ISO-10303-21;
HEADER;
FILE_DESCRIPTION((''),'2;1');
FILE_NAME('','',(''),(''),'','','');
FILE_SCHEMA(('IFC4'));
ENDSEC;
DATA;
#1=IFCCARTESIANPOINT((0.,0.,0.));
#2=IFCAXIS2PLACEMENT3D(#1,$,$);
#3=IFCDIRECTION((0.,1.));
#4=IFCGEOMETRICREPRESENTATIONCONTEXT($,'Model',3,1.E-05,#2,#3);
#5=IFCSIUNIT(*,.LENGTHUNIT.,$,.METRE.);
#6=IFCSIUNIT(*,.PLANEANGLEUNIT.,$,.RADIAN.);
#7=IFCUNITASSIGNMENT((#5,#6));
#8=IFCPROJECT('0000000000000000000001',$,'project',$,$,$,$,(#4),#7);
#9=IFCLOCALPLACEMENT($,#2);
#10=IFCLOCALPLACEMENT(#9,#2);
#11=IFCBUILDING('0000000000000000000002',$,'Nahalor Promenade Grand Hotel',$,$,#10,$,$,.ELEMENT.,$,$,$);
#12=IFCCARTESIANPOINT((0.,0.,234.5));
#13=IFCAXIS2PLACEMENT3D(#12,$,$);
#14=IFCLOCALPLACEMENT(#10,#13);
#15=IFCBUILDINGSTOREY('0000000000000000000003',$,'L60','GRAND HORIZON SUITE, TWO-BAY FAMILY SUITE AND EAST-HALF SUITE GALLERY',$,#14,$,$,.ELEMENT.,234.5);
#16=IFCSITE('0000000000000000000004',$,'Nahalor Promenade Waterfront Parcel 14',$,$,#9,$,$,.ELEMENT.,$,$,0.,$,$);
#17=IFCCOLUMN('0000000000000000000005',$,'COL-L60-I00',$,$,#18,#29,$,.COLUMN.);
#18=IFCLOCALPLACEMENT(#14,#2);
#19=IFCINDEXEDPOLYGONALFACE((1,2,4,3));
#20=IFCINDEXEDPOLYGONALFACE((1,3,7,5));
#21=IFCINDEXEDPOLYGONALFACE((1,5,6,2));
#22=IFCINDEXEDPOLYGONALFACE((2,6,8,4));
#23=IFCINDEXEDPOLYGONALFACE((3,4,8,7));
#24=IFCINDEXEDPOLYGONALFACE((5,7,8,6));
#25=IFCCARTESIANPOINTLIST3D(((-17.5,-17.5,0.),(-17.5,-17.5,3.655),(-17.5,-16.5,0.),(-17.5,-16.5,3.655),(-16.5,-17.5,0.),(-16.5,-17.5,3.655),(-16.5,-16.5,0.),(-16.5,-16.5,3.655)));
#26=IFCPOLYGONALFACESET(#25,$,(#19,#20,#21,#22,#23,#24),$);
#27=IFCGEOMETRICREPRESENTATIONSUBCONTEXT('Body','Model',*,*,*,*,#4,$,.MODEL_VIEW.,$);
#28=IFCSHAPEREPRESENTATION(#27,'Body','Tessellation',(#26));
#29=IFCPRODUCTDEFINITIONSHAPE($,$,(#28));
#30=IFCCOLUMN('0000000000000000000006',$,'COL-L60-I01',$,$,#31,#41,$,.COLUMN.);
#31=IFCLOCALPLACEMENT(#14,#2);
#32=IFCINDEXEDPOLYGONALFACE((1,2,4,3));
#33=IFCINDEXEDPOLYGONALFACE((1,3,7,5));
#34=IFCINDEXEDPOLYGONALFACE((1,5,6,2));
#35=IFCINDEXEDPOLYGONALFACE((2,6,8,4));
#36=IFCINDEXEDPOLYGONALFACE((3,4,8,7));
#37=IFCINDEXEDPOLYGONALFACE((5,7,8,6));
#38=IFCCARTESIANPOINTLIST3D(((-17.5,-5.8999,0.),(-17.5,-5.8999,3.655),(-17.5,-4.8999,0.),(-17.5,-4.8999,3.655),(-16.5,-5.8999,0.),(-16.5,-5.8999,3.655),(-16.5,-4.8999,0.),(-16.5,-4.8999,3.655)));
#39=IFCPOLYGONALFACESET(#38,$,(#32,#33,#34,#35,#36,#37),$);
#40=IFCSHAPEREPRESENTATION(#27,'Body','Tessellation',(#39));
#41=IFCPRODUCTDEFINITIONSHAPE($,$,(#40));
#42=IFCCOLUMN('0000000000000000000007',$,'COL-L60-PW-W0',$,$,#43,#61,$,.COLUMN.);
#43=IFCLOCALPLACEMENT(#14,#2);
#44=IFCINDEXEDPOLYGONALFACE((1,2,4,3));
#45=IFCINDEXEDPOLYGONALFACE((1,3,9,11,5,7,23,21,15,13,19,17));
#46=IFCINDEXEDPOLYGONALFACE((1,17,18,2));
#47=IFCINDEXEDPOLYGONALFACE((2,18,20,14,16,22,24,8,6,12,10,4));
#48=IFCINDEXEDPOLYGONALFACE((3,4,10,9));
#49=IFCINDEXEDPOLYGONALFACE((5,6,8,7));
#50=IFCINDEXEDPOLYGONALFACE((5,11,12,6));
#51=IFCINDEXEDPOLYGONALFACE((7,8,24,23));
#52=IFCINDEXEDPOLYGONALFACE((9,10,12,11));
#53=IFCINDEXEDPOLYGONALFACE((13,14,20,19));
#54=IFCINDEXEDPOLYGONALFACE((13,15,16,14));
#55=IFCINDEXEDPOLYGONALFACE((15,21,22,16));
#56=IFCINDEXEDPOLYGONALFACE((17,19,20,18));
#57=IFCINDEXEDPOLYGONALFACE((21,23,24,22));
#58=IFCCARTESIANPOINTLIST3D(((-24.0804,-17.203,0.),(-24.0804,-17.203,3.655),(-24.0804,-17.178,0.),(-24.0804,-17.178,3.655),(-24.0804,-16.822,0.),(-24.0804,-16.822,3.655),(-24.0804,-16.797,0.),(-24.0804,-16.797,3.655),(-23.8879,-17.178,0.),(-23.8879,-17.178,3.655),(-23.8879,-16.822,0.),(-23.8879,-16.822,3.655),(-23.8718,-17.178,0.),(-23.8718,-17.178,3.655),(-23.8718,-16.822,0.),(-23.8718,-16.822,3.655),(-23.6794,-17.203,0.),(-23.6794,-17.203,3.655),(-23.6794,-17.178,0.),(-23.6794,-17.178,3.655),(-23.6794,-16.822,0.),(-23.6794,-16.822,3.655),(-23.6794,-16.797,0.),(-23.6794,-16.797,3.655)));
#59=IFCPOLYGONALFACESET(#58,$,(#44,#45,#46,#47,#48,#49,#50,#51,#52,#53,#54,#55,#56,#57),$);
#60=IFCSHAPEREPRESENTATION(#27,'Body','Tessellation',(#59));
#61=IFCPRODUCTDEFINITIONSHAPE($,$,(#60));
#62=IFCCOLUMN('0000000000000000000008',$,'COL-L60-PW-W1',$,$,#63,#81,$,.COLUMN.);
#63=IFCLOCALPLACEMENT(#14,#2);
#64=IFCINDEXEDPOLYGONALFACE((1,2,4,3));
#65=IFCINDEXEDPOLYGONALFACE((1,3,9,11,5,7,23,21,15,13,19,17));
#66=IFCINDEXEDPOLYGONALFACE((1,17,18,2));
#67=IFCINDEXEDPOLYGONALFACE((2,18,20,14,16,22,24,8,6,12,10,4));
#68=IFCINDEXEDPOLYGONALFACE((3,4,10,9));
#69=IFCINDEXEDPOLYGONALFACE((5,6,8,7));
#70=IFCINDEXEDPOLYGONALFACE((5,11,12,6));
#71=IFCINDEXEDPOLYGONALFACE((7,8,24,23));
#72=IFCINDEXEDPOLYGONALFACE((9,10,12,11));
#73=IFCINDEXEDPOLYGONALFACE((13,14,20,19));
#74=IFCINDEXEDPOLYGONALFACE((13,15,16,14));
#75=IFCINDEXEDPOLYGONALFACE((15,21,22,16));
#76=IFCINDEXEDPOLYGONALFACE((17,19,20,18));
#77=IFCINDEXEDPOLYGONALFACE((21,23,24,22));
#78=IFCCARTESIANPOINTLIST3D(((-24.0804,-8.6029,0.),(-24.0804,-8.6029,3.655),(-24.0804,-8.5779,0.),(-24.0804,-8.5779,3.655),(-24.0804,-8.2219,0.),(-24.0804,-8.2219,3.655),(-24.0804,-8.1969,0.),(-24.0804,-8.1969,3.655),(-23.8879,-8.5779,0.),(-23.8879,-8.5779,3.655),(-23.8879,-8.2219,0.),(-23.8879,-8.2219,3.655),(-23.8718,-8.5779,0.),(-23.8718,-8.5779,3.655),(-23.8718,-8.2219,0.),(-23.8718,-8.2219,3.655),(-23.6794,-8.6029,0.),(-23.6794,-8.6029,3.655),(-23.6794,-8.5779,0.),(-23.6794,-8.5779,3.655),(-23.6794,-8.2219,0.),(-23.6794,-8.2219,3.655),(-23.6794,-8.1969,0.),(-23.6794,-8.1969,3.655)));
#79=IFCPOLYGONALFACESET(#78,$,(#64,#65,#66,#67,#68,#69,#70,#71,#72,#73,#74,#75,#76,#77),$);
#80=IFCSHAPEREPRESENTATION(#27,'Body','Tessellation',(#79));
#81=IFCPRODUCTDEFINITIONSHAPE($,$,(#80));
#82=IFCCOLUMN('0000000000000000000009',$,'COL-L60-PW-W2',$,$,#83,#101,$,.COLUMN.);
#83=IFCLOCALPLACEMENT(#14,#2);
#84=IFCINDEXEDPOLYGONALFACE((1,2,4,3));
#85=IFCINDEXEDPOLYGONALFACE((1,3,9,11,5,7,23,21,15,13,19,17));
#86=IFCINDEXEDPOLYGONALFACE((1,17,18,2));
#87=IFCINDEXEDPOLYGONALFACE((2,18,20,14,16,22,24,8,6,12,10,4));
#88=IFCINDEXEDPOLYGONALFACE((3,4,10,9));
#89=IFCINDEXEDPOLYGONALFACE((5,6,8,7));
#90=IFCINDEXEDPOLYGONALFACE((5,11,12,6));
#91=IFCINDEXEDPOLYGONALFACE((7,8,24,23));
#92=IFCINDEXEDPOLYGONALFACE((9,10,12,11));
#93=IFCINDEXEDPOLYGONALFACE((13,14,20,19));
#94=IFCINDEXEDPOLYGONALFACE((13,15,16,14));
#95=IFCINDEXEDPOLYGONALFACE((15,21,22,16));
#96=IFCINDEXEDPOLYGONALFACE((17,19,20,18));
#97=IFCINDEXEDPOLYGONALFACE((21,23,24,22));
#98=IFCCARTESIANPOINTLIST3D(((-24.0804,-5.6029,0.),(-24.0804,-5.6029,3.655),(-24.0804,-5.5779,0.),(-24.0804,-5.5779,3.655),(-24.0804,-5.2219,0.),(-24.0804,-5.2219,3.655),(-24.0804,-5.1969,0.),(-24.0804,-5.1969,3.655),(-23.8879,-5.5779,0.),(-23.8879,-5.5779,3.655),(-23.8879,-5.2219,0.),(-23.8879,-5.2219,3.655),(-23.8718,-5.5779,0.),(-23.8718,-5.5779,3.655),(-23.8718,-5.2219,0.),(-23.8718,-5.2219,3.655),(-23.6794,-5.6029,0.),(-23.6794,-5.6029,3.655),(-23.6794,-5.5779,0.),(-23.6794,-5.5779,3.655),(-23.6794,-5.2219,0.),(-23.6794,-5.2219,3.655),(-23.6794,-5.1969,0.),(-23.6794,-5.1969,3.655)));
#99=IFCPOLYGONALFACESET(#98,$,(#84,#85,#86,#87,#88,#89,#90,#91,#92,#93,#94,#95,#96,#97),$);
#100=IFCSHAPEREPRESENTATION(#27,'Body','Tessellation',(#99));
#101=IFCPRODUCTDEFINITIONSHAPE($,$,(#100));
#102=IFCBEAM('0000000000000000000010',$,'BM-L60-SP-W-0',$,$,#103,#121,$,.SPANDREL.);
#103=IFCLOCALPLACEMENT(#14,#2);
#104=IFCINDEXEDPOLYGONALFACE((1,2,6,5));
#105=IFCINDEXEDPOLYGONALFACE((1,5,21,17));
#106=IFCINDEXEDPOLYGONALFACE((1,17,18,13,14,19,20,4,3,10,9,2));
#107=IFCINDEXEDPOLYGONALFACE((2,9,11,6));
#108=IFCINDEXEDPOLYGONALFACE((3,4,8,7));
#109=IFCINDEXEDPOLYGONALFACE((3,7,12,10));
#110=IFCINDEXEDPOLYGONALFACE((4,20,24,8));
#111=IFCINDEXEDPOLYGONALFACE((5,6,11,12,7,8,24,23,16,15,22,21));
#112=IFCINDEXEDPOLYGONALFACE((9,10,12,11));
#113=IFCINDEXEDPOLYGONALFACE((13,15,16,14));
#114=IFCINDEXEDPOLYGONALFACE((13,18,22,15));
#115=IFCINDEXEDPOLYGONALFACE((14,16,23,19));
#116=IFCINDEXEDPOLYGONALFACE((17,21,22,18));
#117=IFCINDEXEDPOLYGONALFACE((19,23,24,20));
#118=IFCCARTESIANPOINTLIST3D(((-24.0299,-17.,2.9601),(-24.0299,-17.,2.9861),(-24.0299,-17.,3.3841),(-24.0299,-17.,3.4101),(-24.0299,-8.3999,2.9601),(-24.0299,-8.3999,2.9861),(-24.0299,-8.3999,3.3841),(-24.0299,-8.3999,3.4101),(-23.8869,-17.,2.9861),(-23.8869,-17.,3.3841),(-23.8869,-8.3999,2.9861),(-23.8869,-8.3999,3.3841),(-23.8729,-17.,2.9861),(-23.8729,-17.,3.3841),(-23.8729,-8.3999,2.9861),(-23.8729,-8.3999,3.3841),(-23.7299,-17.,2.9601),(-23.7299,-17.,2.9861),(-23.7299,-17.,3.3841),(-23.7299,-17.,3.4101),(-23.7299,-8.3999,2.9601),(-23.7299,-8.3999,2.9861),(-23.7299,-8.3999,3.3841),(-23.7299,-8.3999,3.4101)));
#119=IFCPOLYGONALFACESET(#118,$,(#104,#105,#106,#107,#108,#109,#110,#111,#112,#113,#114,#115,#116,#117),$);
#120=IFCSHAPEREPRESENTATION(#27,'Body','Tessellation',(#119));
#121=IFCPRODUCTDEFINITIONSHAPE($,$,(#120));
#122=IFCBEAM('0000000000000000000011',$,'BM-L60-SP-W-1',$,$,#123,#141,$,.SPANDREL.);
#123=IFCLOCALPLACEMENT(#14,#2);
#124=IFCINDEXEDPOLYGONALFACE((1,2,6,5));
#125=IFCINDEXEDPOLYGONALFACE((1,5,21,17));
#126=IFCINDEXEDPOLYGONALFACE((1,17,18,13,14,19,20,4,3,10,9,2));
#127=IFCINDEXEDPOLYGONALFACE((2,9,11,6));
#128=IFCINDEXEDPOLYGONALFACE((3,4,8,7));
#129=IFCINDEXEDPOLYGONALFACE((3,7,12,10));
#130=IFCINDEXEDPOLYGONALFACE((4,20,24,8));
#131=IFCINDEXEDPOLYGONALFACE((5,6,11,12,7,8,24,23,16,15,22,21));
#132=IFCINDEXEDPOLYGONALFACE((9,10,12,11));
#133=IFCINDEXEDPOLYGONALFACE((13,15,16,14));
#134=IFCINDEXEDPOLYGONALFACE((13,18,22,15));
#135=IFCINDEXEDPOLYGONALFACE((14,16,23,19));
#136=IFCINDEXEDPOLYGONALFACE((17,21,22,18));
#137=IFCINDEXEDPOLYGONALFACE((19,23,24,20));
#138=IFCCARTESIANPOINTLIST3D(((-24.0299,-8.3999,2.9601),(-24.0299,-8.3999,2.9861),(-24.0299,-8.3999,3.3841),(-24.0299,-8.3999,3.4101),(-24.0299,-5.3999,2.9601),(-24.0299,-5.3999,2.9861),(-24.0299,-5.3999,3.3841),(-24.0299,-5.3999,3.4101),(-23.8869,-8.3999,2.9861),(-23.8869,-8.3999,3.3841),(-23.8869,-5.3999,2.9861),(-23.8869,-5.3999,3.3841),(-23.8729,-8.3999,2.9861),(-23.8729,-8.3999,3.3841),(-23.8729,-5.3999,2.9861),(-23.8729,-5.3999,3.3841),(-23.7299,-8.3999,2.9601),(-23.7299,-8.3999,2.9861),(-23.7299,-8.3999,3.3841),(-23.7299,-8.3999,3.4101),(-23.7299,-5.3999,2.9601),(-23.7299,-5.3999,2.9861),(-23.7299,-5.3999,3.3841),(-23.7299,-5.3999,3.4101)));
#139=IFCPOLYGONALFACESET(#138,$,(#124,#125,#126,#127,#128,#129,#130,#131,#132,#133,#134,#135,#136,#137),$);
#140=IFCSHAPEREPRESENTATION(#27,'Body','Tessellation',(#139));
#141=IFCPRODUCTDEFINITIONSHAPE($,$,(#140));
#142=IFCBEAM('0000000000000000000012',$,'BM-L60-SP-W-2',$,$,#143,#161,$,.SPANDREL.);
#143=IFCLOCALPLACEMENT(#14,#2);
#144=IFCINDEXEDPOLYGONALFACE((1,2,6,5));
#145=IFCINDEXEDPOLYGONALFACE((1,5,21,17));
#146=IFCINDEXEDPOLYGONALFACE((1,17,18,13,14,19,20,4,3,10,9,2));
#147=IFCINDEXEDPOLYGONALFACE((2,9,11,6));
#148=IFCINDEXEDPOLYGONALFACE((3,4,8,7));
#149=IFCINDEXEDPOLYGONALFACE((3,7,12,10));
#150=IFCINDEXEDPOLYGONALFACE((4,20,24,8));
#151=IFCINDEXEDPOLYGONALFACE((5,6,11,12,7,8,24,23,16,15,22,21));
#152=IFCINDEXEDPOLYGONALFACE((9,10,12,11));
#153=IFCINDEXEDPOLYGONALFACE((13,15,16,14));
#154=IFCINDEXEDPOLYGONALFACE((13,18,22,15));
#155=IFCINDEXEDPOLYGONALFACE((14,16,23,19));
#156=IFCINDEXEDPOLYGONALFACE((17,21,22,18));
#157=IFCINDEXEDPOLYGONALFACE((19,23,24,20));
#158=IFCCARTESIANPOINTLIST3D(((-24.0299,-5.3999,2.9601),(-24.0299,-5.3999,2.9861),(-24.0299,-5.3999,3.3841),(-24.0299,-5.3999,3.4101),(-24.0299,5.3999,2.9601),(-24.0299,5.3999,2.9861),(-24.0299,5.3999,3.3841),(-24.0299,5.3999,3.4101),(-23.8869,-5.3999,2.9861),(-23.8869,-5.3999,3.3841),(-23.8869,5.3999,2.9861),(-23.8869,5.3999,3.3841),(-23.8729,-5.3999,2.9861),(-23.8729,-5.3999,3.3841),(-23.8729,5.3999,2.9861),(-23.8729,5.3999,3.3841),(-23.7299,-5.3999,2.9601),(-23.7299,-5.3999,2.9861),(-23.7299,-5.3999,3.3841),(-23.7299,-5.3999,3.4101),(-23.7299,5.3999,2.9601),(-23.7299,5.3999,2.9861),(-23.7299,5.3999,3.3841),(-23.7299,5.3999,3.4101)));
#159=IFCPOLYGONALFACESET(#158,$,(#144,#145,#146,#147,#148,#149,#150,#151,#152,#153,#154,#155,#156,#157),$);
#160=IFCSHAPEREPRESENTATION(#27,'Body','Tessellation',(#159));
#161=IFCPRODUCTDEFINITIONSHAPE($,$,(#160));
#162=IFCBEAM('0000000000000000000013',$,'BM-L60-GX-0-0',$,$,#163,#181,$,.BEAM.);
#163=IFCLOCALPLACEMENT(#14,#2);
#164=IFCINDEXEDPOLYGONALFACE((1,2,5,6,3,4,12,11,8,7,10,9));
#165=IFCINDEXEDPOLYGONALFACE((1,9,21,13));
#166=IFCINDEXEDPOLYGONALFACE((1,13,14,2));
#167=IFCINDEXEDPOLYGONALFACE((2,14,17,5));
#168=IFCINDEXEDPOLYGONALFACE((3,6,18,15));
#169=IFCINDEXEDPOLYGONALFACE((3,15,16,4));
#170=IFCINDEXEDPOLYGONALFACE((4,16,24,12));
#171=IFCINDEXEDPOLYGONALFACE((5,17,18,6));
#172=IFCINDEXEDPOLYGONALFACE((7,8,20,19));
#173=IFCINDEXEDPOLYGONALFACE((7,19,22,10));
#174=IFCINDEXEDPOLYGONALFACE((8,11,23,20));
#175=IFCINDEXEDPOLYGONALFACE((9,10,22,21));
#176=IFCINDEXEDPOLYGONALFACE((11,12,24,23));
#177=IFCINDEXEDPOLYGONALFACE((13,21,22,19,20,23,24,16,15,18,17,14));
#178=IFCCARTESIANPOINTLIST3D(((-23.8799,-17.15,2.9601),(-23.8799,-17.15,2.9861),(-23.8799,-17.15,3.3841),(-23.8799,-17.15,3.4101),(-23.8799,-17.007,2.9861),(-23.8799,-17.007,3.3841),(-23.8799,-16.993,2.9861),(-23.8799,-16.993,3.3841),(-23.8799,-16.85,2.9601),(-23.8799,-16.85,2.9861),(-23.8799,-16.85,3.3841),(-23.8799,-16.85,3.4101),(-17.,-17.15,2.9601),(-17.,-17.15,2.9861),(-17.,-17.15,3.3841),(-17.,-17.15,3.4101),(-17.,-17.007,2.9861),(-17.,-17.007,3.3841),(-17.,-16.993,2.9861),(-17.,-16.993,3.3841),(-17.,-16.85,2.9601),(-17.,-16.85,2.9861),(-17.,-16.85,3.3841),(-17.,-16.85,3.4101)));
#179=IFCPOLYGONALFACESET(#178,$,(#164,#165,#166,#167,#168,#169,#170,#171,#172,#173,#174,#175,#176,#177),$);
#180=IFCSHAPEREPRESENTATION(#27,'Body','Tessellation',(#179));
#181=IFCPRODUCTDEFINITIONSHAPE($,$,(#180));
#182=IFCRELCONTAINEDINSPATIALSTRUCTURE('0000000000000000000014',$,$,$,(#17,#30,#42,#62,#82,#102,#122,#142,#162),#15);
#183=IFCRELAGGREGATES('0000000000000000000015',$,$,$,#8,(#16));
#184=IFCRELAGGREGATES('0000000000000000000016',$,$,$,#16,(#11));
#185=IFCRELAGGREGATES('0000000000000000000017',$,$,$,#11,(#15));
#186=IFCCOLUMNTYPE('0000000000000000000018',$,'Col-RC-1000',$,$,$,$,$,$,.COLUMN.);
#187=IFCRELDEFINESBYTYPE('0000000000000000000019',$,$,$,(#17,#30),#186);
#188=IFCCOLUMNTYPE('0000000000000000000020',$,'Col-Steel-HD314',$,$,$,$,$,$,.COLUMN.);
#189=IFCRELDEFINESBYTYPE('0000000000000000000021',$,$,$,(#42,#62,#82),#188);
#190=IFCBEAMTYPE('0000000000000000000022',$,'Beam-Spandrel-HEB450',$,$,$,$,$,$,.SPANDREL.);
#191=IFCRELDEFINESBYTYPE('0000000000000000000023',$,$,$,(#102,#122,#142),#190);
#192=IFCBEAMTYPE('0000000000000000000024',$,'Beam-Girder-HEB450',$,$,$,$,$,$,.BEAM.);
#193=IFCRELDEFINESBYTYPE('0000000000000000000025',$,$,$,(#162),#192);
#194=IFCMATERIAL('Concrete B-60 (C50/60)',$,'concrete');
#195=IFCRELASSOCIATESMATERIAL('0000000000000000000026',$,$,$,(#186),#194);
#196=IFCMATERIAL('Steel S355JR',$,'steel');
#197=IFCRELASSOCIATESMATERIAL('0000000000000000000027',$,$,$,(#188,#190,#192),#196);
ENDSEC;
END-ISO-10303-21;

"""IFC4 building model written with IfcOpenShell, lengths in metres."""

from ifc_helpers import new_model, si_unit, direction, frame, origin, origin_2d, place, context, subcontext, project, spatial, rectangle, i_section, extrude, source, transform, mapped, material, material_profile, profile_set, type_object, element, save


model = new_model("IFC4")

# Units and contexts
model_context = context("Model", 3, precision=1e-05, world=origin(), true_north=direction((0.0, 1.0)))
body_context = subcontext(model_context, "Body", "Model", "MODEL_VIEW")
ifc_project = project(units=[si_unit("LENGTHUNIT", "METRE"), si_unit("PLANEANGLEUNIT", "RADIAN")], contexts=[model_context])

# Site, building, storey
site_placement = place(None, origin())
site = spatial("IfcSite", under=ifc_project, at=site_placement, Name="Nahalor Promenade Waterfront Parcel 14", CompositionType="ELEMENT", RefElevation=0.0)
building_placement = place(site_placement, origin())
building = spatial("IfcBuilding", under=site, at=building_placement, Name="Nahalor Promenade Grand Hotel", CompositionType="ELEMENT")
storey_placement = place(building_placement, frame((0.0, 0.0, 234.5)))
storey = spatial("IfcBuildingStorey", under=building, at=storey_placement, Name="L60", Description="GRAND HORIZON SUITE, TWO-BAY FAMILY SUITE AND EAST-HALF SUITE GALLERY", CompositionType="ELEMENT", Elevation=234.5)

# Columns
ifc_material_1 = material(Name="Concrete B-60 (C50/60)", Category="concrete")
ifc_material_profile_1 = material_profile(ifc_material_1, rectangle(XDim=1.0, YDim=1.0, at=origin_2d()), Name="RC 1000x1000")
ifc_profile_set_1 = profile_set([ifc_material_profile_1], Name="Concrete B-60 (C50/60)")
column_type_1 = type_object("IfcColumnType", Name="Col-RC-1000", PredefinedType="COLUMN", material=ifc_profile_set_1)
shared_shape_1 = source(origin(), body_context, "Body", "SweptSolid", [
    extrude(rectangle(XDim=1.0, YDim=1.0, at=origin_2d()), origin(), (0.0, 0.0, 1.0), 3.655),
])
for number, where, z_axis, x_axis, name in (
    (1, (-17.0, -17.0, 0.0), (0.0, 0.0, 1.0), (1.0, 0.0, 0.0), "COL-L60-I00"),
    (2, (-17.0, -5.3999, 0.0), (0.0, 0.0, 1.0), (1.0, 0.0, 0.0), "COL-L60-I01"),
):
    element("IfcColumn", number, at=place(storey_placement, frame(where, z_axis=z_axis, x_axis=x_axis)), inside=storey, type_object=column_type_1, Name=name, PredefinedType="COLUMN", context=body_context, shape_type="MappedRepresentation", body=[
        mapped(shared_shape_1, transform((0.0, 0.0, 0.0), scale=1.0)),
    ])
ifc_material_2 = material(Name="Steel S355JR", Category="steel")
ifc_material_profile_2 = material_profile(ifc_material_2, i_section(OverallWidth=0.401, OverallDepth=0.406, WebThickness=0.0161, FlangeThickness=0.025, at=origin_2d()), Name="HD 400x314")
ifc_profile_set_2 = profile_set([ifc_material_profile_2], Name="Steel S355JR")
column_type_2 = type_object("IfcColumnType", Name="Col-Steel-HD314", PredefinedType="COLUMN", material=ifc_profile_set_2)
shared_shape_2 = source(origin(), body_context, "Body", "SweptSolid", [
    extrude(i_section(OverallWidth=0.401, OverallDepth=0.406, WebThickness=0.0161, FlangeThickness=0.025, at=origin_2d()), origin(), (0.0, 0.0, 1.0), 3.655),
])
for number, where, z_axis, x_axis, name in (
    (3, (-23.8799, -17.0, 0.0), (0.0, 0.0, 1.0), (1.0, 0.0, 0.0), "COL-L60-PW-W0"),
    (4, (-23.8799, -8.3999, 0.0), (0.0, 0.0, 1.0), (1.0, 0.0, 0.0), "COL-L60-PW-W1"),
    (5, (-23.8799, -5.3999, 0.0), (0.0, 0.0, 1.0), (1.0, 0.0, 0.0), "COL-L60-PW-W2"),
):
    element("IfcColumn", number, at=place(storey_placement, frame(where, z_axis=z_axis, x_axis=x_axis)), inside=storey, type_object=column_type_2, Name=name, PredefinedType="COLUMN", context=body_context, shape_type="MappedRepresentation", body=[
        mapped(shared_shape_2, transform((0.0, 0.0, 0.0), scale=1.0)),
    ])

# Beams
ifc_material_profile_3 = material_profile(ifc_material_2, i_section(OverallWidth=0.3, OverallDepth=0.45, WebThickness=0.014, FlangeThickness=0.026, at=origin_2d()), Name="HEB 450")
ifc_profile_set_3 = profile_set([ifc_material_profile_3], Name="Steel S355JR")
beam_type_1 = type_object("IfcBeamType", Name="Beam-Spandrel-HEB450", PredefinedType="SPANDREL", material=ifc_profile_set_3)
shared_shape_3 = source(origin(), body_context, "Body", "SweptSolid", [
    extrude(i_section(OverallWidth=0.3, OverallDepth=0.45, WebThickness=0.014, FlangeThickness=0.026, at=origin_2d()), origin(), (0.0, 0.0, 1.0), 8.6001),
])
beam_1_placement = place(storey_placement, frame((-23.8799, -17.0, 3.1851), z_axis=(0.0, 1.0, 0.0), x_axis=(-1.0, 0.0, 0.0)))
element("IfcBeam", 6, at=beam_1_placement, inside=storey, type_object=beam_type_1, Name="BM-L60-SP-W-0", PredefinedType="SPANDREL", context=body_context, shape_type="MappedRepresentation", body=[
    mapped(shared_shape_3, transform((0.0, 0.0, 0.0), scale=1.0)),
])
shared_shape_4 = source(origin(), body_context, "Body", "SweptSolid", [
    extrude(i_section(OverallWidth=0.3, OverallDepth=0.45, WebThickness=0.014, FlangeThickness=0.026, at=origin_2d()), origin(), (0.0, 0.0, 1.0), 3.0),
])
beam_2_placement = place(storey_placement, frame((-23.8799, -8.3999, 3.1851), z_axis=(0.0, 1.0, 0.0), x_axis=(-1.0, 0.0, 0.0)))
element("IfcBeam", 7, at=beam_2_placement, inside=storey, type_object=beam_type_1, Name="BM-L60-SP-W-1", PredefinedType="SPANDREL", context=body_context, shape_type="MappedRepresentation", body=[
    mapped(shared_shape_4, transform((0.0, 0.0, 0.0), scale=1.0)),
])
shared_shape_5 = source(origin(), body_context, "Body", "SweptSolid", [
    extrude(i_section(OverallWidth=0.3, OverallDepth=0.45, WebThickness=0.014, FlangeThickness=0.026, at=origin_2d()), origin(), (0.0, 0.0, 1.0), 10.7998),
])
beam_3_placement = place(storey_placement, frame((-23.8799, -5.3999, 3.1851), z_axis=(0.0, 1.0, 0.0), x_axis=(-1.0, 0.0, 0.0)))
element("IfcBeam", 8, at=beam_3_placement, inside=storey, type_object=beam_type_1, Name="BM-L60-SP-W-2", PredefinedType="SPANDREL", context=body_context, shape_type="MappedRepresentation", body=[
    mapped(shared_shape_5, transform((0.0, 0.0, 0.0), scale=1.0)),
])
ifc_material_profile_4 = material_profile(ifc_material_2, i_section(OverallWidth=0.3, OverallDepth=0.45, WebThickness=0.014, FlangeThickness=0.026, at=origin_2d()), Name="HEB 450")
ifc_profile_set_4 = profile_set([ifc_material_profile_4], Name="Steel S355JR")
beam_type_2 = type_object("IfcBeamType", Name="Beam-Girder-HEB450", PredefinedType="BEAM", material=ifc_profile_set_4)
shared_shape_6 = source(origin(), body_context, "Body", "SweptSolid", [
    extrude(i_section(OverallWidth=0.3, OverallDepth=0.45, WebThickness=0.014, FlangeThickness=0.026, at=origin_2d()), origin(), (0.0, 0.0, 1.0), 6.8799),
])
for number, where, z_axis, x_axis, name in (
    (9, (-23.8799, -17.0, 3.1851), (1.0, 0.0, 0.0), (0.0, 1.0, 0.0), "BM-L60-GX-0-0"),
):
    element("IfcBeam", number, at=place(storey_placement, frame(where, z_axis=z_axis, x_axis=x_axis)), inside=storey, type_object=beam_type_2, Name=name, PredefinedType="BEAM", context=body_context, shape_type="MappedRepresentation", body=[
        mapped(shared_shape_6, transform((0.0, 0.0, 0.0), scale=1.0)),
    ])

save(model, "model.ifc")
